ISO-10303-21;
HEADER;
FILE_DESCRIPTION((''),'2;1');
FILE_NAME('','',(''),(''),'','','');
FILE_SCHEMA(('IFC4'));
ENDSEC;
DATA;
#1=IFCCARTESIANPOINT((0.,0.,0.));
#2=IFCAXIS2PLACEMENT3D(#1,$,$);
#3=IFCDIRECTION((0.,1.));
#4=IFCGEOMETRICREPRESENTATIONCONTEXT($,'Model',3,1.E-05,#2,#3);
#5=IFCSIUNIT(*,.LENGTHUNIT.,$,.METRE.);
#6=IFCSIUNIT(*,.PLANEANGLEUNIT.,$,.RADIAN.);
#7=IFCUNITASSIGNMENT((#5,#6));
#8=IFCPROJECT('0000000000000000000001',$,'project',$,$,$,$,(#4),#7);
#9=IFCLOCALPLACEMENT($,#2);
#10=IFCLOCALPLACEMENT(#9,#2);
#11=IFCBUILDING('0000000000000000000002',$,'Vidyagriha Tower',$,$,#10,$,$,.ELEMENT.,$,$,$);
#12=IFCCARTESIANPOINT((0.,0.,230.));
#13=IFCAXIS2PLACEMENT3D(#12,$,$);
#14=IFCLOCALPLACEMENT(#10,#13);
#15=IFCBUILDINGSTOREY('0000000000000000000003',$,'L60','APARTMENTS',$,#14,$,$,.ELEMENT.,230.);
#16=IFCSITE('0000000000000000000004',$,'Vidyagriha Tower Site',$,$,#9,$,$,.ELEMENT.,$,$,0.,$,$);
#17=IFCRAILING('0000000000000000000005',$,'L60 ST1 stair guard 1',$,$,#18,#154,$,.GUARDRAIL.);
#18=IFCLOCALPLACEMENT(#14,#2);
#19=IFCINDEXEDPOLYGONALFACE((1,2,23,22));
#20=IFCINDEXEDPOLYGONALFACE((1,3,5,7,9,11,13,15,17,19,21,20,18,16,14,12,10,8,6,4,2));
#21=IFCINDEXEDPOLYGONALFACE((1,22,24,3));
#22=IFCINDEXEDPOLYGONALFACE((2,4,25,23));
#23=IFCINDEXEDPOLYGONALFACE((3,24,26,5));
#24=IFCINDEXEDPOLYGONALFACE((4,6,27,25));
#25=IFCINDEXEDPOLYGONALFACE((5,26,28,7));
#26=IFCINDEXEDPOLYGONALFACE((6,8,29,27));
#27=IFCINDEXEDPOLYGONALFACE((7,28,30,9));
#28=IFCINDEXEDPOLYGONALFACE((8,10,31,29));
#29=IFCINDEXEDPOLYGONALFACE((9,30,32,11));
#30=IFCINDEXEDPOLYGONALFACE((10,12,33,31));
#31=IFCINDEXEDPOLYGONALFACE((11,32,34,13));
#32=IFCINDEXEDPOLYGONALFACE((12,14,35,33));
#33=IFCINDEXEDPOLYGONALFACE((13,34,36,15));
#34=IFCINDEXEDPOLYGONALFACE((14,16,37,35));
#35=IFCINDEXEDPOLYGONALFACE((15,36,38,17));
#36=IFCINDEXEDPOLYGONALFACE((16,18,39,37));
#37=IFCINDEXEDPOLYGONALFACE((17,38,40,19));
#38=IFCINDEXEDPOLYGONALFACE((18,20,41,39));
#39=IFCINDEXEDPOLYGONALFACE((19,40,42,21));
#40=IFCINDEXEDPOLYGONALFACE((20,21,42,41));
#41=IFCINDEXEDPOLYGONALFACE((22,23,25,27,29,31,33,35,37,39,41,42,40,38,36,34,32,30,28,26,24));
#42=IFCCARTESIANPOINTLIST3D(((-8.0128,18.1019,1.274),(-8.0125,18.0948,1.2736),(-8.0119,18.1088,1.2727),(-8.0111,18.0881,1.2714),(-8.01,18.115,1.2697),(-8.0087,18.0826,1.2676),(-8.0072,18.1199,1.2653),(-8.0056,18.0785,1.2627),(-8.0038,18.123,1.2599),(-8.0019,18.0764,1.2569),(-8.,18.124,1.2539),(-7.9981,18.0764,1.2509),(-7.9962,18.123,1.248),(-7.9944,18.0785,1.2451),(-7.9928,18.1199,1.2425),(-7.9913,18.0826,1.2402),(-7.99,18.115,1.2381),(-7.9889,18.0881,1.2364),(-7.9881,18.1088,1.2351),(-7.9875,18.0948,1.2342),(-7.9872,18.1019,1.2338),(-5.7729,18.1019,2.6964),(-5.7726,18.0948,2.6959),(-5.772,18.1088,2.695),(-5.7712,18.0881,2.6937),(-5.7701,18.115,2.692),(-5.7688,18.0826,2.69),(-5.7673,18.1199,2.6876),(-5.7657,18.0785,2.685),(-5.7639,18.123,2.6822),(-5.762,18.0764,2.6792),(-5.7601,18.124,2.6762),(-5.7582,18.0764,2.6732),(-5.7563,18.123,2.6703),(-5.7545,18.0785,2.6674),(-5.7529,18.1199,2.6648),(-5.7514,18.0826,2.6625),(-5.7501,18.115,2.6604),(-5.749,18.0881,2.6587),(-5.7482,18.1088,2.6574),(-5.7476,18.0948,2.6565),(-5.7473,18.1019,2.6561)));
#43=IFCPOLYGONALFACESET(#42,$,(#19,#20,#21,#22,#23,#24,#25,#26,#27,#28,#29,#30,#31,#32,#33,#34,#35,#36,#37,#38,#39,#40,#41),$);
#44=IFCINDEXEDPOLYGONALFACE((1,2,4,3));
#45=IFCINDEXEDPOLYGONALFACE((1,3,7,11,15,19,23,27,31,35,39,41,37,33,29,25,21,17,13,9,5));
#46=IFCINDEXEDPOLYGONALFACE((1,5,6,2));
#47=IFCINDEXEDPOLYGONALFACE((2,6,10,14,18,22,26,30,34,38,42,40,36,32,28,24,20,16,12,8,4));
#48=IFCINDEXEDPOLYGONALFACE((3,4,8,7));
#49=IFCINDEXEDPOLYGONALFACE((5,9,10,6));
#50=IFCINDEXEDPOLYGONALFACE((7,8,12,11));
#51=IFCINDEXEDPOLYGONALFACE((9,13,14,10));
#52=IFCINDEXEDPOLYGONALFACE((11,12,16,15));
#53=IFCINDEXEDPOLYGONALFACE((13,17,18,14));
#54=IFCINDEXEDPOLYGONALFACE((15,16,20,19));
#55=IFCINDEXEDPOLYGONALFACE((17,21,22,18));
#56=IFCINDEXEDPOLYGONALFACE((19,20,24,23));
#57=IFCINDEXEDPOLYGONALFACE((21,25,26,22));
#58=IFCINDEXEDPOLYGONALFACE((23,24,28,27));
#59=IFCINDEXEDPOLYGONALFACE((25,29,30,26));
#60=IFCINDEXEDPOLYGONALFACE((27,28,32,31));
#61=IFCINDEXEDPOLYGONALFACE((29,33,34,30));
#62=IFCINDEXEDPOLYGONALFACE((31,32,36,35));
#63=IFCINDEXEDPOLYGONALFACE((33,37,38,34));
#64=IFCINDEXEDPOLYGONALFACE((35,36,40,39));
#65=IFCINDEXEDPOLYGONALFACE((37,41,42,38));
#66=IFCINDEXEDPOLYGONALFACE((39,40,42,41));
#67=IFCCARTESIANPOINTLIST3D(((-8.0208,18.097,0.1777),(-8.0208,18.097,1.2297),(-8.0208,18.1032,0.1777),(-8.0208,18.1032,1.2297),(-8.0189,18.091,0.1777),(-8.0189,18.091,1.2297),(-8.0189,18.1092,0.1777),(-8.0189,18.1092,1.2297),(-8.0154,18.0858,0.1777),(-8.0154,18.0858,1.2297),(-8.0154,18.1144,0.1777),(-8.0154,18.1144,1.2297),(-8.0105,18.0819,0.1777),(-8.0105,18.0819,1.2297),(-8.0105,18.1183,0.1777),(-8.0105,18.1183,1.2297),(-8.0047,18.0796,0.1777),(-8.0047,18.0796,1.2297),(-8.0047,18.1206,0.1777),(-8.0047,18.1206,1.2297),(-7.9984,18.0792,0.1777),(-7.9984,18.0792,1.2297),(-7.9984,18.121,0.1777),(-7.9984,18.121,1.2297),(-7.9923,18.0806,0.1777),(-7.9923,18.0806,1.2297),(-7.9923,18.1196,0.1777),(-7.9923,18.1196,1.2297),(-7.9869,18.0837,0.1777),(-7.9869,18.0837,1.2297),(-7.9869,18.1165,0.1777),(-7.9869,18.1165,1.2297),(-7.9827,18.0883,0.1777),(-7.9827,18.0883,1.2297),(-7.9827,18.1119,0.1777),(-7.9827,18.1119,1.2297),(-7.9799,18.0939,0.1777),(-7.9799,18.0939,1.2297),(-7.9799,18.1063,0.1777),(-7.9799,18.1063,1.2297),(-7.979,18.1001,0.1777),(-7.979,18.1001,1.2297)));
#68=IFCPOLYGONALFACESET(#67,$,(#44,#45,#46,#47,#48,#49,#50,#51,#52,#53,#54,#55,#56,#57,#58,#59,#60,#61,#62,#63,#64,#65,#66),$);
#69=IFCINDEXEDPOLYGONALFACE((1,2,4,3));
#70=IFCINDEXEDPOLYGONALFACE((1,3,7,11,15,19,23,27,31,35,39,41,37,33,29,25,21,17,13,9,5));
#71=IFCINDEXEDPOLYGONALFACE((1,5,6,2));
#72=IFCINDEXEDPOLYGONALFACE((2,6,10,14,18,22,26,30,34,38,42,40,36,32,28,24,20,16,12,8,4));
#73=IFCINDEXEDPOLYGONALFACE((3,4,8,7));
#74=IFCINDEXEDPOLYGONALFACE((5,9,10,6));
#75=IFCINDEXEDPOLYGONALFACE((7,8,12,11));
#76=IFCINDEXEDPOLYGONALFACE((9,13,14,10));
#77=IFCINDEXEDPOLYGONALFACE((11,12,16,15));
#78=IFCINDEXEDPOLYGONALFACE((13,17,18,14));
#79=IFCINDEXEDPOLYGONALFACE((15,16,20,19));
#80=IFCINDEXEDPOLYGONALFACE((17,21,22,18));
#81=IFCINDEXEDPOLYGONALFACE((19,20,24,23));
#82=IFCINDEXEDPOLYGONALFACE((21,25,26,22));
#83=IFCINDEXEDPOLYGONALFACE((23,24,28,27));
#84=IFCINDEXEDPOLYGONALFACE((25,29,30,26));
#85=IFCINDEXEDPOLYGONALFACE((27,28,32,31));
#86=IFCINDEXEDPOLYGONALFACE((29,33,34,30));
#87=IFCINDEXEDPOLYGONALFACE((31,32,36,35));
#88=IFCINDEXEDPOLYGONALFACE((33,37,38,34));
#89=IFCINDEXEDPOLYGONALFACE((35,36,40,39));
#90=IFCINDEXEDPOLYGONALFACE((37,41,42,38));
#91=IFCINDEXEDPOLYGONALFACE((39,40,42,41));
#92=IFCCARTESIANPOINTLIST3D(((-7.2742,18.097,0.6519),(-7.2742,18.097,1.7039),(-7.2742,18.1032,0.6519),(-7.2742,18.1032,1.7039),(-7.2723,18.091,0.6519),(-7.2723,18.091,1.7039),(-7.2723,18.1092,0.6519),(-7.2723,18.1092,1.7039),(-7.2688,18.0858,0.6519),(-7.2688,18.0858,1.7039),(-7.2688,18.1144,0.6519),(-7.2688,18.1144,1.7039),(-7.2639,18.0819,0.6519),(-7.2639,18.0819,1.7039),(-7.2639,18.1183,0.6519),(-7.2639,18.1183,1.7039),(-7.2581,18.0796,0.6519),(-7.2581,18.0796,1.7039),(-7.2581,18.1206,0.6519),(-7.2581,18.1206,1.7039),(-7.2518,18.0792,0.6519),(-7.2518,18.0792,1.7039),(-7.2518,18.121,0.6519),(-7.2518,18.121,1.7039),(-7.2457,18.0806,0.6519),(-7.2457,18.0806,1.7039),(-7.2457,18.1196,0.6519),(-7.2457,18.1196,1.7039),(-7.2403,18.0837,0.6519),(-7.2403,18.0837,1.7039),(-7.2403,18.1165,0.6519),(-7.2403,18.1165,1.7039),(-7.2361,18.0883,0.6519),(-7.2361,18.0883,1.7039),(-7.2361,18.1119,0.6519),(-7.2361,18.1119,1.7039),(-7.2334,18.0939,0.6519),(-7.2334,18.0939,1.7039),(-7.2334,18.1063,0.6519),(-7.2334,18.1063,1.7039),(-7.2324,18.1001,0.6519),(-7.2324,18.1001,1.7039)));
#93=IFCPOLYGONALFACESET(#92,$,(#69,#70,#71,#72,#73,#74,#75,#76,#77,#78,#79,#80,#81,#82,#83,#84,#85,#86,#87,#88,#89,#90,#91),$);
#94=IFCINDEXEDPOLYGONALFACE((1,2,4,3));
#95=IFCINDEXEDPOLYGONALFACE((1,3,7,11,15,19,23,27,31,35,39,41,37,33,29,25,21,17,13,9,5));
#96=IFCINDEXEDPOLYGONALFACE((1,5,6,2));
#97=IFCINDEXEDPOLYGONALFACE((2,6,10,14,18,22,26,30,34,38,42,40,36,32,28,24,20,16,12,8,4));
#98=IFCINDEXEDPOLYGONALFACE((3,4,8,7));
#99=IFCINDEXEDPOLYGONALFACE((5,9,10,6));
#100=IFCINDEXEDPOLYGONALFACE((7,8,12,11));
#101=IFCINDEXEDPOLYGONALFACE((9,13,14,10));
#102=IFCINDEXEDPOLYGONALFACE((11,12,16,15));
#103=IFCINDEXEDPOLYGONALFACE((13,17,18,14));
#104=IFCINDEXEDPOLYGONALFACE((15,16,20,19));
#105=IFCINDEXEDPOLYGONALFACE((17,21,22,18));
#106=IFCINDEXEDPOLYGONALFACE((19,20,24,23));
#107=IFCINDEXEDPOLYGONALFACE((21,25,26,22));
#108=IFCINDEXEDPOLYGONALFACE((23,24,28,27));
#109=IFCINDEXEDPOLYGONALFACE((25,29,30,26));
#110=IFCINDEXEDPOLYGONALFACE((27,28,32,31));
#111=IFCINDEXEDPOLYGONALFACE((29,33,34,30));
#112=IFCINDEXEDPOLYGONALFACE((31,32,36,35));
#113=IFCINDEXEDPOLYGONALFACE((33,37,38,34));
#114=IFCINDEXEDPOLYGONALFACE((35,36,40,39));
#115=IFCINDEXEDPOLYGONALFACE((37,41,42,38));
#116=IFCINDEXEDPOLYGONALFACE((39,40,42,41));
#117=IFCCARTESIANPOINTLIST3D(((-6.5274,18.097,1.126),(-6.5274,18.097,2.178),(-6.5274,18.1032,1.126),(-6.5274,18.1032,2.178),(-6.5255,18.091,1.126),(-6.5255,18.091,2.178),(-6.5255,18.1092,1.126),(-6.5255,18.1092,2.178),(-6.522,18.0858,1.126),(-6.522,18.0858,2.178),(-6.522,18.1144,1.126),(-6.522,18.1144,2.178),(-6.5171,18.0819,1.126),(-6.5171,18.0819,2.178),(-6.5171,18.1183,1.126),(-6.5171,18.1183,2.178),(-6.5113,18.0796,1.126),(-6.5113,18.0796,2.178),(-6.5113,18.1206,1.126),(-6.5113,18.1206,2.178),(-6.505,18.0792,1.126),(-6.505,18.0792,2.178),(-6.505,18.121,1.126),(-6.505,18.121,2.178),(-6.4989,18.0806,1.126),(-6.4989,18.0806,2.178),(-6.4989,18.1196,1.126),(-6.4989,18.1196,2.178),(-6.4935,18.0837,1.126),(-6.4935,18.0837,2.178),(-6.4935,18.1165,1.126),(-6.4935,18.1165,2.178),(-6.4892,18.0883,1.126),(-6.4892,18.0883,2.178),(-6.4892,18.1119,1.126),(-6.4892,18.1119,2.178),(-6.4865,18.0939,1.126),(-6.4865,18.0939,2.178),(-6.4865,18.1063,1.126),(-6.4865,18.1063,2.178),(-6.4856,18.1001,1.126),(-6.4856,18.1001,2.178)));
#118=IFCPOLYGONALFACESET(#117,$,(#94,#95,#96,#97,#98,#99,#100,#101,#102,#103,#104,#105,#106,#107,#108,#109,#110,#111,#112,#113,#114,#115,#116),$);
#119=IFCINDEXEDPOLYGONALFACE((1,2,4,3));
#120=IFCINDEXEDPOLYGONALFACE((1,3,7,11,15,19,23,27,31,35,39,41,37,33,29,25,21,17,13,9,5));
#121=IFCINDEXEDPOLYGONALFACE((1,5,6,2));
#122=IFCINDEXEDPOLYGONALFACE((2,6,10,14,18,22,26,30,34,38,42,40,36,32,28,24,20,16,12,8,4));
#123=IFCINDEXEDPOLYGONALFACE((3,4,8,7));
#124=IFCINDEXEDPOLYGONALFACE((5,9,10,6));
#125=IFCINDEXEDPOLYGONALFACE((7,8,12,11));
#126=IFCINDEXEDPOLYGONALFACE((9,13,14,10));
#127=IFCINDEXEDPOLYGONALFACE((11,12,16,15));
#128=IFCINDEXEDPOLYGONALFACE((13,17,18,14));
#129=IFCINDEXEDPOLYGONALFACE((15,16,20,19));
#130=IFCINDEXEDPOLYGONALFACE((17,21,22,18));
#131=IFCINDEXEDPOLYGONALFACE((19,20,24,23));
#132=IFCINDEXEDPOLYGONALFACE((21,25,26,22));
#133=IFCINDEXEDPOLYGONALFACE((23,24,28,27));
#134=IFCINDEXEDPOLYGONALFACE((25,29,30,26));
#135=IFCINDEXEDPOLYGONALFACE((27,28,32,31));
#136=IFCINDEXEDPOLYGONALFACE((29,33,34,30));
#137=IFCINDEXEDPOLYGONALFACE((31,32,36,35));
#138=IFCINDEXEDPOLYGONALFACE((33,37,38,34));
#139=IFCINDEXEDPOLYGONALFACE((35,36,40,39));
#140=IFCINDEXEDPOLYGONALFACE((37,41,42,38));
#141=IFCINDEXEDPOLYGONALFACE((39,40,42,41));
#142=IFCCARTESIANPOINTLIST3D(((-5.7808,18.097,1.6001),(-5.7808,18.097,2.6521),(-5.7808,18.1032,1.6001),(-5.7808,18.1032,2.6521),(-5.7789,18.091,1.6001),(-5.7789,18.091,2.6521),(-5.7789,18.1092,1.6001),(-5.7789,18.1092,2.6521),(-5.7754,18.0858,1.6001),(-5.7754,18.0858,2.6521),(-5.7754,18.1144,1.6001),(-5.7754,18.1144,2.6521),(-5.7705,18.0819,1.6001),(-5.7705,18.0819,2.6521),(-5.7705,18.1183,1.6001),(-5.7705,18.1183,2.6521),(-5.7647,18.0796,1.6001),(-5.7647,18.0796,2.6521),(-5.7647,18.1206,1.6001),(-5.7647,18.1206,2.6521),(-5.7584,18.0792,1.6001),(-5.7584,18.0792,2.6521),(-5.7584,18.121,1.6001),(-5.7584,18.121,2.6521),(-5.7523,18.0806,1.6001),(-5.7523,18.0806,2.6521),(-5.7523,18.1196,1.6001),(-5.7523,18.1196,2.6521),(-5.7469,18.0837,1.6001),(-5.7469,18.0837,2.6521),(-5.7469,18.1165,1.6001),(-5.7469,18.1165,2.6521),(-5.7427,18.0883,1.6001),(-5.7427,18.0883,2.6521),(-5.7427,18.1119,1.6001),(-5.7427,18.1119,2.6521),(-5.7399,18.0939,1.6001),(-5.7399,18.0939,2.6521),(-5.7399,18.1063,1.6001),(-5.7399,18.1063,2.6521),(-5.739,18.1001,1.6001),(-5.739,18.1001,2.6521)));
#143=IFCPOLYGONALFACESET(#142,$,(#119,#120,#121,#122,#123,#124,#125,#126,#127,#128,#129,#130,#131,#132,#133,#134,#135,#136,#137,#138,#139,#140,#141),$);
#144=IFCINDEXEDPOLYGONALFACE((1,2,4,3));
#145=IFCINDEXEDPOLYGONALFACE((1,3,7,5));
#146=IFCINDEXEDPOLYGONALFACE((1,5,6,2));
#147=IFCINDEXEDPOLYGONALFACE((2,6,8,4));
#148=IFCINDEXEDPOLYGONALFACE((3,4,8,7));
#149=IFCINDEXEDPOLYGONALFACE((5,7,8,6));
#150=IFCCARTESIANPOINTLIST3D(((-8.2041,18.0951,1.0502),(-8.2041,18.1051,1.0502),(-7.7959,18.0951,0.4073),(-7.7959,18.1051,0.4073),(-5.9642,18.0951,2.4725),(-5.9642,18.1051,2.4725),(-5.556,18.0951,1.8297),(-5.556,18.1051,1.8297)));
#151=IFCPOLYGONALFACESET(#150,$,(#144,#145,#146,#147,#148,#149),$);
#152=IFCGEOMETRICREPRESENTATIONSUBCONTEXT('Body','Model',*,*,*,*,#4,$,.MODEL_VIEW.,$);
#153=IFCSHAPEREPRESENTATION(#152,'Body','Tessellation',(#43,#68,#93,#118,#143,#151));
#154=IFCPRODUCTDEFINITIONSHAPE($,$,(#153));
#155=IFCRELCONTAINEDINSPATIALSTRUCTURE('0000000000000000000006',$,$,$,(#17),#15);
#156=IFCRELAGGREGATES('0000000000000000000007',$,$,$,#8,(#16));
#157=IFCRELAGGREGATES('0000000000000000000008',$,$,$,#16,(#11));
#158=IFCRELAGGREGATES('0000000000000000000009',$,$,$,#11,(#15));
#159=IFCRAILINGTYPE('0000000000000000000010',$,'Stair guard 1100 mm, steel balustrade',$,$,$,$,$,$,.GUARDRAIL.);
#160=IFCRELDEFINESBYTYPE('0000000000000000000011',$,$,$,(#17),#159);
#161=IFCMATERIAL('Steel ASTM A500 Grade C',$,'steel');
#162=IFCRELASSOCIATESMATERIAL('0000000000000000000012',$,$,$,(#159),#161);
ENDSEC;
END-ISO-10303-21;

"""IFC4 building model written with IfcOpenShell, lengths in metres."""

from ifc_helpers import new_model, si_unit, direction, frame, origin, origin_2d, place, context, subcontext, project, spatial, rectangle, circle, extrude, material, type_object, element, save


model = new_model("IFC4")

# Units and contexts
model_context = context("Model", 3, precision=1e-05, world=origin(), true_north=direction((0.0, 1.0)))
body_context = subcontext(model_context, "Body", "Model", "MODEL_VIEW")
ifc_project = project(units=[si_unit("LENGTHUNIT", "METRE"), si_unit("PLANEANGLEUNIT", "RADIAN")], contexts=[model_context])

# Site, building, storey
site_placement = place(None, origin())
site = spatial("IfcSite", under=ifc_project, at=site_placement, Name="Vidyagriha Tower Site", CompositionType="ELEMENT", RefElevation=0.0)
building_placement = place(site_placement, origin())
building = spatial("IfcBuilding", under=site, at=building_placement, Name="Vidyagriha Tower", CompositionType="ELEMENT")
storey_placement = place(building_placement, frame((0.0, 0.0, 230.0)))
storey = spatial("IfcBuildingStorey", under=building, at=storey_placement, Name="L60", Description="APARTMENTS", CompositionType="ELEMENT", Elevation=230.0)

# Railing
ifc_material_1 = material(Name="Steel ASTM A500 Grade C", Category="steel")
railing_type_1 = type_object("IfcRailingType", Name="Stair guard 1100 mm, steel balustrade", PredefinedType="GUARDRAIL", material=ifc_material_1)
railing_1_placement = place(storey_placement, frame((-8.0, 18.1001, 0.1777)))
element("IfcRailing", 1, at=railing_1_placement, inside=storey, type_object=railing_type_1, Name="L60 ST1 stair guard 1", PredefinedType="GUARDRAIL", context=body_context, shape_type="SweptSolid", body=[
    extrude(circle(Radius=0.0239, at=origin_2d()), frame((0.0, 0.0, 1.0762), z_axis=(0.844188, 0.0, 0.536048), x_axis=(0.0, 1.0, 0.0)), (0.0, 0.0, 1.0), 2.6533),
    extrude(circle(Radius=0.021, at=origin_2d()), origin(), (0.0, 0.0, 1.0), 1.052),
    extrude(circle(Radius=0.021, at=origin_2d()), frame((0.7466, 0.0, 0.4741)), (0.0, 0.0, 1.0), 1.052),
    extrude(circle(Radius=0.021, at=origin_2d()), frame((1.4934, 0.0, 0.9482)), (0.0, 0.0, 1.0), 1.052),
    extrude(circle(Radius=0.021, at=origin_2d()), frame((2.24, 0.0, 1.4224)), (0.0, 0.0, 1.0), 1.052),
    extrude(rectangle(XDim=0.01, YDim=0.7615, at=origin_2d()), frame((0.0, 0.0, 0.551), z_axis=(0.844188, 0.0, 0.536048), x_axis=(0.0, 1.0, 0.0)), (0.0, 0.0, 1.0), 2.6533),
])

save(model, "model.ifc")
